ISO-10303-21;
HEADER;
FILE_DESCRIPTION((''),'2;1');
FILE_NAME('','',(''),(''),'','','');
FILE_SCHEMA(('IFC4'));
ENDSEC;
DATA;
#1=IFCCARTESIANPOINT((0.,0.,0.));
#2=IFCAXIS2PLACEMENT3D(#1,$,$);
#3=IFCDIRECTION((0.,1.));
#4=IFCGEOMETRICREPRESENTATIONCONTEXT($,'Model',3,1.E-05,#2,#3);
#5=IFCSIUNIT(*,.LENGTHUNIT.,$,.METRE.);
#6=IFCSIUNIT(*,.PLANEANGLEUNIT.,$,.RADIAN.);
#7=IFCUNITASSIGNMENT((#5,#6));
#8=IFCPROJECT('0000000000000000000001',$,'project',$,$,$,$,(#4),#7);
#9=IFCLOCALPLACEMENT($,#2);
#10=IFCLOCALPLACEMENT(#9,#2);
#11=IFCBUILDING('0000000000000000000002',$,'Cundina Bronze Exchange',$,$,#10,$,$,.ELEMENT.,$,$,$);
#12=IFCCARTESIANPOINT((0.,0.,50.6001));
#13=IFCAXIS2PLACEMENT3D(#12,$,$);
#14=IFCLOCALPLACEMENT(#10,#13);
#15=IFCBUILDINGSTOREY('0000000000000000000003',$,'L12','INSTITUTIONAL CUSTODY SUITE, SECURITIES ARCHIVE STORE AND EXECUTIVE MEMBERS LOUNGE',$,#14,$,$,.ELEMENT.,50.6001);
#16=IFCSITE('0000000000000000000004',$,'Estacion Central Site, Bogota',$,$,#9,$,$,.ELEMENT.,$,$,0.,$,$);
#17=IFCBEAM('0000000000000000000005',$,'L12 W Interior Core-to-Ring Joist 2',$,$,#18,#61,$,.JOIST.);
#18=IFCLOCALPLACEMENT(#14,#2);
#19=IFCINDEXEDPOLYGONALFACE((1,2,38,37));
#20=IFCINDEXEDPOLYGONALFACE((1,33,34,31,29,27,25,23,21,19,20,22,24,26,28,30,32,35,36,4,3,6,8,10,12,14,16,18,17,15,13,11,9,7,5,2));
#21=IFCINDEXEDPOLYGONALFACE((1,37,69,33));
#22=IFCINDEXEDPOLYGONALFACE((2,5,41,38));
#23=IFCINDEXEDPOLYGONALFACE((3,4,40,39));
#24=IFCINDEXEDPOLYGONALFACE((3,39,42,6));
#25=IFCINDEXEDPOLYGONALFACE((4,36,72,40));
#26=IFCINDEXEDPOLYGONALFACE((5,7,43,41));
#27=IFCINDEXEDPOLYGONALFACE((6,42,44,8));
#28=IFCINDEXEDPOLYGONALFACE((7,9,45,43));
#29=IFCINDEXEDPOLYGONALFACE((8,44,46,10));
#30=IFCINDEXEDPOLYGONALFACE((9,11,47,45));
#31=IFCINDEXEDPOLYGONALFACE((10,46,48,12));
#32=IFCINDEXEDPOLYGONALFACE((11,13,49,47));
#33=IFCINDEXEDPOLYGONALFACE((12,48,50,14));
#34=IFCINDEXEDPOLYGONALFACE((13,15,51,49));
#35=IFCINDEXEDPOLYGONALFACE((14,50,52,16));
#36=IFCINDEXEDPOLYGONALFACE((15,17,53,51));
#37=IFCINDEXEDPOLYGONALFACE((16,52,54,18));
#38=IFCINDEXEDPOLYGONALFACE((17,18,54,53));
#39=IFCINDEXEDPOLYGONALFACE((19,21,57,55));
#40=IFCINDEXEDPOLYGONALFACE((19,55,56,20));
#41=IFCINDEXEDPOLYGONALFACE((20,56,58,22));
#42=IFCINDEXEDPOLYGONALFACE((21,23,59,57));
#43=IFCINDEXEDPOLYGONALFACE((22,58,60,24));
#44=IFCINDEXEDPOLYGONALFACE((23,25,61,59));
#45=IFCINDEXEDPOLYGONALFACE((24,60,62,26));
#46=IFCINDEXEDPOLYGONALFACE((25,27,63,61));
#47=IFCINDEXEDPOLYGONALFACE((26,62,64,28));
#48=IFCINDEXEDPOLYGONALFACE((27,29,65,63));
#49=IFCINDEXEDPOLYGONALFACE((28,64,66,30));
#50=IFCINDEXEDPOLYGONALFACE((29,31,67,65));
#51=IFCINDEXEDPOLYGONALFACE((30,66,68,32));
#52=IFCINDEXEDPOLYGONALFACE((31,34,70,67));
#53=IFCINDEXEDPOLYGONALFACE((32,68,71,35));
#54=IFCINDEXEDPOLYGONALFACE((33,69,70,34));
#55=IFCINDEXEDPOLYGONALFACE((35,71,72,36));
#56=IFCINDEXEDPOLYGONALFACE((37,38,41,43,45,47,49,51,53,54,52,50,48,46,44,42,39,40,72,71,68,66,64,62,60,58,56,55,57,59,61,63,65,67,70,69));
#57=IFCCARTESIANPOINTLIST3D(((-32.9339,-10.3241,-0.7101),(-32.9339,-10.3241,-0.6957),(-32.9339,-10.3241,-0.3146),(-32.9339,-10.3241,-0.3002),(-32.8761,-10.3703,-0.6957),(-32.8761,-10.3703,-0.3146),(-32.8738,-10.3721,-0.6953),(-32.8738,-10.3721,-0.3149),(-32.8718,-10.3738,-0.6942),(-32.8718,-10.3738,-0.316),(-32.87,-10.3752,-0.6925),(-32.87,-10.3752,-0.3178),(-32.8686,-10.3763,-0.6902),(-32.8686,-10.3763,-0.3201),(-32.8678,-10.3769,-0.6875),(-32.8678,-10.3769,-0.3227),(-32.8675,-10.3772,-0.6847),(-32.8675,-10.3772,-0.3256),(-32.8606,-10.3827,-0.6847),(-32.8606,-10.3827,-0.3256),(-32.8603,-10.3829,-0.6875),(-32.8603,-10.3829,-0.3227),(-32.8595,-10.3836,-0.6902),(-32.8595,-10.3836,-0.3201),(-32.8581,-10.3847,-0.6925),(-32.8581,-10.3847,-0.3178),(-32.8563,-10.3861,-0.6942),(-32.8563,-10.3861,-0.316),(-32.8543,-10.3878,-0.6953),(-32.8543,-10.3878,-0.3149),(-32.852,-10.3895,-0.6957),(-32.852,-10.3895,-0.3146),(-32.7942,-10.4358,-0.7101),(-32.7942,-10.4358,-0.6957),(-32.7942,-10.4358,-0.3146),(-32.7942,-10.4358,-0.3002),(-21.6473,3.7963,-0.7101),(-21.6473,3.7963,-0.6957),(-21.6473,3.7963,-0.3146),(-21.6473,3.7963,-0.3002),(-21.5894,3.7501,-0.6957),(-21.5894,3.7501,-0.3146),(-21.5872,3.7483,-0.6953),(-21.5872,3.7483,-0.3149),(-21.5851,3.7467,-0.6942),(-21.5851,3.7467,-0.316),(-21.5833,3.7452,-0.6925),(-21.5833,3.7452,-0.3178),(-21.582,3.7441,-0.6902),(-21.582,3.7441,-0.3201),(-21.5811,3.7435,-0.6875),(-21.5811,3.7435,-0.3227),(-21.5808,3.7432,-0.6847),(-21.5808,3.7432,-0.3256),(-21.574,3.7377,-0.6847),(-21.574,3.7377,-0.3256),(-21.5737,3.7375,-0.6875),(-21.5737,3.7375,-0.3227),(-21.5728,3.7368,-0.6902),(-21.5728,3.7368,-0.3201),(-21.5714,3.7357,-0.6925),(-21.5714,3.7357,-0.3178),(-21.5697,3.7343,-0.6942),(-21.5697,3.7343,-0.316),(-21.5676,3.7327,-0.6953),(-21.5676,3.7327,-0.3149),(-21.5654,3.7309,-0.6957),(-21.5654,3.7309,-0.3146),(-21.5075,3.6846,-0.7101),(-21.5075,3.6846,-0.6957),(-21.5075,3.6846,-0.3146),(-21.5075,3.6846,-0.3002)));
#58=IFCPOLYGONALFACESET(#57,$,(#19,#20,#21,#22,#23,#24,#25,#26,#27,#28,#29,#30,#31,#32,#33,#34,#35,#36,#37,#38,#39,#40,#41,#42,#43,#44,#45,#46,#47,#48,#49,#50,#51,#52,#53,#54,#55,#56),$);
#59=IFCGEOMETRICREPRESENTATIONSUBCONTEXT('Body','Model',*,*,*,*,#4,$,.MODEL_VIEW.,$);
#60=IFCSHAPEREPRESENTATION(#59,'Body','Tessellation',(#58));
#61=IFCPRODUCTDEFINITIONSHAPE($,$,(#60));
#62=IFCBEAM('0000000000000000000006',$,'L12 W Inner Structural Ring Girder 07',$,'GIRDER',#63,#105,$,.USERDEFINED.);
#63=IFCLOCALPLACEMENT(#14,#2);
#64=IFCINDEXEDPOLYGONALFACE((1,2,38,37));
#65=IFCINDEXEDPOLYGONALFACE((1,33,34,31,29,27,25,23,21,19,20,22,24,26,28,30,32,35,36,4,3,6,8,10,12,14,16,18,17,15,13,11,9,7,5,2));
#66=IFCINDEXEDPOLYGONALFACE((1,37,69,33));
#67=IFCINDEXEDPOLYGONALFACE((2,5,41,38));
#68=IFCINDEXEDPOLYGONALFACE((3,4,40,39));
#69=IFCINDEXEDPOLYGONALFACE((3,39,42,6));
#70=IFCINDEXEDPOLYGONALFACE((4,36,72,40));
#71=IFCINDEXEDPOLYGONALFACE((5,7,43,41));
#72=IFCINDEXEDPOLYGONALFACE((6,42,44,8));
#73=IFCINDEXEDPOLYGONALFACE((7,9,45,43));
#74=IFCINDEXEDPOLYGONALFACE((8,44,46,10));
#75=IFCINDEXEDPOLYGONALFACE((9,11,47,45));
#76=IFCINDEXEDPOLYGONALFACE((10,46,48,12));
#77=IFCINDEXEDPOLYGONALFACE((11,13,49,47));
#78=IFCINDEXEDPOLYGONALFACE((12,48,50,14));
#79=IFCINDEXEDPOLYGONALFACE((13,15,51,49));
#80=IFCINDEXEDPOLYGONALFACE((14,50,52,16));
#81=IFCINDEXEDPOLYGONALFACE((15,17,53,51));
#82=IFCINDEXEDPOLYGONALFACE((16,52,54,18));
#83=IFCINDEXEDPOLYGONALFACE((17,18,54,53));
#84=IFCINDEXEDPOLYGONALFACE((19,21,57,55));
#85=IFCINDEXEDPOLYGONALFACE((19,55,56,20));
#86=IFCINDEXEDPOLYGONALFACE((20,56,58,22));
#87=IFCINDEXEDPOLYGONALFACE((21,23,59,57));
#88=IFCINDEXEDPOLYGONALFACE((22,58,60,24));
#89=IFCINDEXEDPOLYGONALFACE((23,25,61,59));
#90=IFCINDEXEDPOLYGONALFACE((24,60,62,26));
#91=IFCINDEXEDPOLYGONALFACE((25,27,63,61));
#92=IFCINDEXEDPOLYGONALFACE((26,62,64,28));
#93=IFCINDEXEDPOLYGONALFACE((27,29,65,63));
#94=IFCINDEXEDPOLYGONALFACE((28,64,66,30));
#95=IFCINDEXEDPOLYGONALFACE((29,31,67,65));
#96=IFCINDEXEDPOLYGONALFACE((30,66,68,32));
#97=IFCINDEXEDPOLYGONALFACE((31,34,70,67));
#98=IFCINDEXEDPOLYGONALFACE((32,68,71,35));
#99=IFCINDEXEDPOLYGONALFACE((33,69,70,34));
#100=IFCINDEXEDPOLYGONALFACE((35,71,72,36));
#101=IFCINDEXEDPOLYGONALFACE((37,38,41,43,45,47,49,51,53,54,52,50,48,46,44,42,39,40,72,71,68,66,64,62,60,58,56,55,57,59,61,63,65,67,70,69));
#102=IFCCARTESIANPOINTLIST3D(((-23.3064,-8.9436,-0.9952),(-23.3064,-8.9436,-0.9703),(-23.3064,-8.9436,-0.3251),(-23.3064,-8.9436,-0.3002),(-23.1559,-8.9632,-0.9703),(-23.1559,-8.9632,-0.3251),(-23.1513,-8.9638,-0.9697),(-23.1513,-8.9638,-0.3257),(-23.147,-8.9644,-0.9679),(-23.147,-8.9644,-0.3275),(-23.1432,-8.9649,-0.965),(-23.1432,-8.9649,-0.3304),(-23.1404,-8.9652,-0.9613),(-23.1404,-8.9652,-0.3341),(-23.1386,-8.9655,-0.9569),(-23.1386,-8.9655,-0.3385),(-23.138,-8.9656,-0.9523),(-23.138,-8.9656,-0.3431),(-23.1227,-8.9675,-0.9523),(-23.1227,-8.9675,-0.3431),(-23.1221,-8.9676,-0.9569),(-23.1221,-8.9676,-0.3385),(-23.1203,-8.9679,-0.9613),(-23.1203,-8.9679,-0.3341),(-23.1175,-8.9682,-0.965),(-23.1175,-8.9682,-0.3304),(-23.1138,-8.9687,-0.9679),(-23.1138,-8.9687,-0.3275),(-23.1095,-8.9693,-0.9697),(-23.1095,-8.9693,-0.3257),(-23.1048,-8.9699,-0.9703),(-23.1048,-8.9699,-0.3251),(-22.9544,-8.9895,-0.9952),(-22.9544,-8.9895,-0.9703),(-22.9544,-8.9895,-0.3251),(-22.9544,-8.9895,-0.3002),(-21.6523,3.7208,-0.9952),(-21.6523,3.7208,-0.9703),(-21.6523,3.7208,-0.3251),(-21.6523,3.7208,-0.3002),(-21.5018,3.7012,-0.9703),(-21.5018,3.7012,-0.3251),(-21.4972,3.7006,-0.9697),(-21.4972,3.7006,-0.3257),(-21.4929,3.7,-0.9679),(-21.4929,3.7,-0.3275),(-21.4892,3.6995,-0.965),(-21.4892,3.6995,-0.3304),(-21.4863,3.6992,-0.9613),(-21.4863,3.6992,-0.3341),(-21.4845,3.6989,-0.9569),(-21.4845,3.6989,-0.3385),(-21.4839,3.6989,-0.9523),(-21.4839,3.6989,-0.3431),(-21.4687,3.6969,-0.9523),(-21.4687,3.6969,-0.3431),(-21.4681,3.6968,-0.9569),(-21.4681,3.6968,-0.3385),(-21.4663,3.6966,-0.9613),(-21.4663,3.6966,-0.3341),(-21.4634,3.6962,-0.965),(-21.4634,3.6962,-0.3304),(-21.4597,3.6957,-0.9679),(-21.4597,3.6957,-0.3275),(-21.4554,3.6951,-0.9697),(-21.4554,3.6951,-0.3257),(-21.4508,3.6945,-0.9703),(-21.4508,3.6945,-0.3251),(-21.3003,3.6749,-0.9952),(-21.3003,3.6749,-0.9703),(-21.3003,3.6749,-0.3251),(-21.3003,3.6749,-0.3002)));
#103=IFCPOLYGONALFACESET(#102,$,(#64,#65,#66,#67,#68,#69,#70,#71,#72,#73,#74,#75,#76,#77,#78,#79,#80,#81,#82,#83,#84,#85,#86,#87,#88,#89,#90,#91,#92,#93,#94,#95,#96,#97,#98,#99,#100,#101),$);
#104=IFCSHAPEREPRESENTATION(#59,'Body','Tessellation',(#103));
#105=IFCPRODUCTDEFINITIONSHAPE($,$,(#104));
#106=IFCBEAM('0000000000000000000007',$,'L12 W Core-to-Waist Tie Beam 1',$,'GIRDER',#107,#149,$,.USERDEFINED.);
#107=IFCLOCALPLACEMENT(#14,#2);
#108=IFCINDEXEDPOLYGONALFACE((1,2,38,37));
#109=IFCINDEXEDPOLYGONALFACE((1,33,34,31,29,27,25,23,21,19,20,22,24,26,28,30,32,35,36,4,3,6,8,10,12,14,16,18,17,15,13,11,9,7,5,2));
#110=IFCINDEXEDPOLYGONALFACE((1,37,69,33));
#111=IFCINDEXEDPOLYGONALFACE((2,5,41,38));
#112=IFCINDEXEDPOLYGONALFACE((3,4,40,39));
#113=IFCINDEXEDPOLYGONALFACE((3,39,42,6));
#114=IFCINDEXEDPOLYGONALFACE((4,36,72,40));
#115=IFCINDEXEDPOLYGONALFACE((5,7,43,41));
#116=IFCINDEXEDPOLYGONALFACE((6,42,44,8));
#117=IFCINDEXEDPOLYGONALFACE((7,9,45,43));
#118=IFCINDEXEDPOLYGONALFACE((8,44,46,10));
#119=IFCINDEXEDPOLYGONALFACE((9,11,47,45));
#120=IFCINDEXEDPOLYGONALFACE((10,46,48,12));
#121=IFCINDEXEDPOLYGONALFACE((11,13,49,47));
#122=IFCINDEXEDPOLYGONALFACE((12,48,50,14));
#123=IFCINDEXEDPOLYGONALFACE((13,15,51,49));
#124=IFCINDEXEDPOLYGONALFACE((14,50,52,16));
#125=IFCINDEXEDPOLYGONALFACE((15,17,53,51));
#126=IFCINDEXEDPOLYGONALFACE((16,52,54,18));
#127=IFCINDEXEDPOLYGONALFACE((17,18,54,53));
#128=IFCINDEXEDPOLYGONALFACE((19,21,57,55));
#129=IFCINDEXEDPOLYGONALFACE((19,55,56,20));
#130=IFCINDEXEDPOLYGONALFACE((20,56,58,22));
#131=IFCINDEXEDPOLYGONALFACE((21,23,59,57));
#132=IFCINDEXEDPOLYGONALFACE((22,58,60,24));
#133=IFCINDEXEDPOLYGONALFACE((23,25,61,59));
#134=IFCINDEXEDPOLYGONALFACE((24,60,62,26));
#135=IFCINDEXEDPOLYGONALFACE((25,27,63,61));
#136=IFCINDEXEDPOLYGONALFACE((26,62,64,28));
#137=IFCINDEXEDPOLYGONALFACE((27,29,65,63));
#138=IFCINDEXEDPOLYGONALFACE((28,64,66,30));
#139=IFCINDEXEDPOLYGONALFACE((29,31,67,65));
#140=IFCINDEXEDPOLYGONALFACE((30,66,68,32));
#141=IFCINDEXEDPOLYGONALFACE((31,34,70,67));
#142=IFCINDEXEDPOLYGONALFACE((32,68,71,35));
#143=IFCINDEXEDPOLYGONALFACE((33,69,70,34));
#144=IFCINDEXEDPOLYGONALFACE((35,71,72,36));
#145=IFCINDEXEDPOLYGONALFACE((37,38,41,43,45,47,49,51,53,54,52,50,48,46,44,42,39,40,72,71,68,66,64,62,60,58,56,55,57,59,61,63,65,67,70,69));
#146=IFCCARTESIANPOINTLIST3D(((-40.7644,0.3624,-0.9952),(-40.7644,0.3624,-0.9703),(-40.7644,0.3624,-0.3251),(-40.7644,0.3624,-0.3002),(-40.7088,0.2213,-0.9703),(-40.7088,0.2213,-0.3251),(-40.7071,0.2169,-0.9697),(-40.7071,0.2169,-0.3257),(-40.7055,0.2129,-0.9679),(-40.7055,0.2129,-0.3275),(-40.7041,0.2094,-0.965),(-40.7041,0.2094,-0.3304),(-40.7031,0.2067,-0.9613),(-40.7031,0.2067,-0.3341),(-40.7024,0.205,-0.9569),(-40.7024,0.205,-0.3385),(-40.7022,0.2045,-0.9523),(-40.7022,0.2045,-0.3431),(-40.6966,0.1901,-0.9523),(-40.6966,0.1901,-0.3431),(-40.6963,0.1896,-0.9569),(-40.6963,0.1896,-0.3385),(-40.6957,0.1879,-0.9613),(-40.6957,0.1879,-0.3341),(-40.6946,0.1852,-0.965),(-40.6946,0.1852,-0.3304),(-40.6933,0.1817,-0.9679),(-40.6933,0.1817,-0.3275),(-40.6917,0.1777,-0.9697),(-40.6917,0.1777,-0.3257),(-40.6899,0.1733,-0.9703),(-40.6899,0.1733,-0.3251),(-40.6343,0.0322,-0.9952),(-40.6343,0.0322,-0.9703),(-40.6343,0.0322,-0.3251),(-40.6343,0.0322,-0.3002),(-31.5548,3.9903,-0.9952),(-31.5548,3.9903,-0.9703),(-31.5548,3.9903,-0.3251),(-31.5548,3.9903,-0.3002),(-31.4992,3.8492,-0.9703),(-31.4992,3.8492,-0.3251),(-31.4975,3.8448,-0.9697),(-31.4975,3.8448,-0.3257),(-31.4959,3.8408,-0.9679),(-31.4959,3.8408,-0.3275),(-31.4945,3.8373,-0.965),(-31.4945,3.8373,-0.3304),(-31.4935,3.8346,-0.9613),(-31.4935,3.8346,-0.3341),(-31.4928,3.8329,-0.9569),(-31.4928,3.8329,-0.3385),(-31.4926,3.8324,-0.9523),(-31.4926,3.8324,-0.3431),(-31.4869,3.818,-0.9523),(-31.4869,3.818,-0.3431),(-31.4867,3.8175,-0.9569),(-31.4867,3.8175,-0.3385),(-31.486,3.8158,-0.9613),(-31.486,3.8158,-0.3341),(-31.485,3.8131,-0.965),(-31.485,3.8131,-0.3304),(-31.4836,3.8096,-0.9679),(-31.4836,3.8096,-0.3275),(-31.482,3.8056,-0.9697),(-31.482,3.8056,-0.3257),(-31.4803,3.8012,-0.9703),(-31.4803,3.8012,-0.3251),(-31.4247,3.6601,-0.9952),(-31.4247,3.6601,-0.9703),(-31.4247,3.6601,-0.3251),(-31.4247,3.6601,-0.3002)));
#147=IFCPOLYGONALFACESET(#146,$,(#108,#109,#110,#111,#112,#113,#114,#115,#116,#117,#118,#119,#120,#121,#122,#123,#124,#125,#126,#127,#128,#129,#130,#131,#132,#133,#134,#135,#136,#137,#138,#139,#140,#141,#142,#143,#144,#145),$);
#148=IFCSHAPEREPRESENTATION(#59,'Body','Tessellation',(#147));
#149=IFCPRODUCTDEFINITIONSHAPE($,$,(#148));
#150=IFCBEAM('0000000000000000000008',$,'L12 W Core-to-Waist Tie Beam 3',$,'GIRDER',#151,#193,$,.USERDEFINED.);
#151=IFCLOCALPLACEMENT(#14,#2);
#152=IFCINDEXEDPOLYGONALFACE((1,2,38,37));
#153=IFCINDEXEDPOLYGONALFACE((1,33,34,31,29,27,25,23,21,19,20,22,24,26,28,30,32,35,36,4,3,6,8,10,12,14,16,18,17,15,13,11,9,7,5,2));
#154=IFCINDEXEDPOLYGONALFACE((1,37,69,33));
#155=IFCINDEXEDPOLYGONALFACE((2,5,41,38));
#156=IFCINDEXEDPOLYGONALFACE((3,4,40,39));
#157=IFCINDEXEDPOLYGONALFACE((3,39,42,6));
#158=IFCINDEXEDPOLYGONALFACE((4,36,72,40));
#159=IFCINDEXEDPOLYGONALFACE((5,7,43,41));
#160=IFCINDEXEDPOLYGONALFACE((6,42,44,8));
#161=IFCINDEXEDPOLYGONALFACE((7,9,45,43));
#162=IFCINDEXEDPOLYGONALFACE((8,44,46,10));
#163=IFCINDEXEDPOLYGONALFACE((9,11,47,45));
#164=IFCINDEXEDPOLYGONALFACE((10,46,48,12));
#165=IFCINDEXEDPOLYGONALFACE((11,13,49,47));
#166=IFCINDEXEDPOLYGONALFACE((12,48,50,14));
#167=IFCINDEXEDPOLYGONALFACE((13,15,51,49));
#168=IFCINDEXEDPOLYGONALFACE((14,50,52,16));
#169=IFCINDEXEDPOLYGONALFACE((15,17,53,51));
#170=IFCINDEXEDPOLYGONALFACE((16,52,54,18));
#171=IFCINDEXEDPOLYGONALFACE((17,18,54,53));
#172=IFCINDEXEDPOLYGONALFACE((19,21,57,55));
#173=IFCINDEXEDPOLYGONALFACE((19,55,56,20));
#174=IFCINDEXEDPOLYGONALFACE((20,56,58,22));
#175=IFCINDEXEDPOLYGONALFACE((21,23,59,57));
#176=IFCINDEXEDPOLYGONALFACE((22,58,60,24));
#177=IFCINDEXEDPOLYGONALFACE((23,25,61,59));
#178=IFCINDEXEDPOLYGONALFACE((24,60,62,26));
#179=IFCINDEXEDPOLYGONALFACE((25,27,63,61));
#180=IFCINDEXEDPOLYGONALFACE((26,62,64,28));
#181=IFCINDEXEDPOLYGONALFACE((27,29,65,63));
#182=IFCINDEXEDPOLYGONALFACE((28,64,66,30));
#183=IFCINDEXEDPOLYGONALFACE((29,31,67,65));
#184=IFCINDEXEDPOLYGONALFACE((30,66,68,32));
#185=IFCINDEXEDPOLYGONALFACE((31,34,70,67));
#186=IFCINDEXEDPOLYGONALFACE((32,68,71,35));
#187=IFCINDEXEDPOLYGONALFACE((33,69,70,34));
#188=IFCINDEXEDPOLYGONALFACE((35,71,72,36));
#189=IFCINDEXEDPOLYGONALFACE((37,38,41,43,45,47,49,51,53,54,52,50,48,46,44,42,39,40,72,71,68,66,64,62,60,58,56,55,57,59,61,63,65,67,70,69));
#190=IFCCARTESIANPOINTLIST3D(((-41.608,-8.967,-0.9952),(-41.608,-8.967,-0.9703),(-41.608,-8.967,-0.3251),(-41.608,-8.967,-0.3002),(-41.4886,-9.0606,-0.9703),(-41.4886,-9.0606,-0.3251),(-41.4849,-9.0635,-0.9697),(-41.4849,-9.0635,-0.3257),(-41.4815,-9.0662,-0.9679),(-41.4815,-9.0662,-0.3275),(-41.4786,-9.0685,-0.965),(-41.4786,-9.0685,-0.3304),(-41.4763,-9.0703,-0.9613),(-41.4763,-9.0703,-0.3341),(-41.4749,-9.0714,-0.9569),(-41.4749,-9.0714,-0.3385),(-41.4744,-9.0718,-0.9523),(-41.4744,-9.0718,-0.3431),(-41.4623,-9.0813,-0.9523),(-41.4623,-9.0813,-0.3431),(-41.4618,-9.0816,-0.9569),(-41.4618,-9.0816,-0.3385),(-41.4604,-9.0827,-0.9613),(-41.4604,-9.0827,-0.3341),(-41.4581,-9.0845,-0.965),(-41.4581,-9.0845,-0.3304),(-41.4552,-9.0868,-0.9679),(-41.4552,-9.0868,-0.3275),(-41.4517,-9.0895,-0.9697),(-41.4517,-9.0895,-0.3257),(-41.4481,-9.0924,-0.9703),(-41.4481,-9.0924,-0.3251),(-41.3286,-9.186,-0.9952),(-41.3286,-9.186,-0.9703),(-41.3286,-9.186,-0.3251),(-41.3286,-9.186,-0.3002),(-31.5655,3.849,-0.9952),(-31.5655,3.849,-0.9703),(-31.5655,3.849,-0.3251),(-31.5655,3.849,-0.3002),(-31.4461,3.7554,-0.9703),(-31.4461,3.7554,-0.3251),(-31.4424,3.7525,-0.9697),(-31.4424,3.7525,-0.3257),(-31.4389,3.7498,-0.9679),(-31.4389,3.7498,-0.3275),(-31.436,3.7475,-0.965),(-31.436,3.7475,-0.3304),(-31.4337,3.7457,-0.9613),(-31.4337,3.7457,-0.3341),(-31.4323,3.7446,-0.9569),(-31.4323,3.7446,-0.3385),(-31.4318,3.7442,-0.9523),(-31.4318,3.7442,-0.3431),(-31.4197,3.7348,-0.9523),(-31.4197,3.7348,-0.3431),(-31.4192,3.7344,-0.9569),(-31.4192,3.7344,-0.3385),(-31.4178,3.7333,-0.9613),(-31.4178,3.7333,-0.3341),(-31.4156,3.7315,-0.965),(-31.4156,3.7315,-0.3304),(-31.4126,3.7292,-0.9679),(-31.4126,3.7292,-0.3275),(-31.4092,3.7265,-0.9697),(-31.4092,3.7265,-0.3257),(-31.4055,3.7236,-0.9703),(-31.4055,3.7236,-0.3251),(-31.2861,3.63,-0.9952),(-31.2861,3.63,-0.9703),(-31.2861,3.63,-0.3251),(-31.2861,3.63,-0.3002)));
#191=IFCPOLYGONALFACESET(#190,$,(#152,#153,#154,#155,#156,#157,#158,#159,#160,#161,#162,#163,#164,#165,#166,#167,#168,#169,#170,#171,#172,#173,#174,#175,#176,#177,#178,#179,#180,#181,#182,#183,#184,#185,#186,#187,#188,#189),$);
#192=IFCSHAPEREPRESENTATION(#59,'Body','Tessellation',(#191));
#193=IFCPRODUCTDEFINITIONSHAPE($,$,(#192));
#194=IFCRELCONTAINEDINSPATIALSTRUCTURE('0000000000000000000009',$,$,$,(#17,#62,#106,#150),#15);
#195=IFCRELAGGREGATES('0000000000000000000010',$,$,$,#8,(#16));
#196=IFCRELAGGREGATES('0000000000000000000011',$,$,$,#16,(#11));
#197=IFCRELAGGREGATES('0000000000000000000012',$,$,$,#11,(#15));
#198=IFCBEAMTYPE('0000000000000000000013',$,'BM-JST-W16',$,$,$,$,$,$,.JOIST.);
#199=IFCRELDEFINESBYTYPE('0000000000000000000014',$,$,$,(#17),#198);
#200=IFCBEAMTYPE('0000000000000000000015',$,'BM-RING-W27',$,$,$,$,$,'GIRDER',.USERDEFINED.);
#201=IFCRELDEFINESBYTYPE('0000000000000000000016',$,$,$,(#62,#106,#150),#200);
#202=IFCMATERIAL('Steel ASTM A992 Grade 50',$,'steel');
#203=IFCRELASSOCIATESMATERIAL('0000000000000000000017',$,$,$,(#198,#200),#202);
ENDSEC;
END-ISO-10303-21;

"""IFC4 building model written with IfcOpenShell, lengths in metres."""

from ifc_helpers import new_model, si_unit, direction, frame, origin, origin_2d, place, context, subcontext, project, spatial, i_section, extrude, material, material_profile, profile_set, type_object, element, save


model = new_model("IFC4")

# Units and contexts
model_context = context("Model", 3, precision=1e-05, world=origin(), true_north=direction((0.0, 1.0)))
body_context = subcontext(model_context, "Body", "Model", "MODEL_VIEW")
ifc_project = project(units=[si_unit("LENGTHUNIT", "METRE"), si_unit("PLANEANGLEUNIT", "RADIAN")], contexts=[model_context])

# Site, building, storey
site_placement = place(None, origin())
site = spatial("IfcSite", under=ifc_project, at=site_placement, Name="Estacion Central Site, Bogota", CompositionType="ELEMENT", RefElevation=0.0)
building_placement = place(site_placement, origin())
building = spatial("IfcBuilding", under=site, at=building_placement, Name="Cundina Bronze Exchange", CompositionType="ELEMENT")
storey_placement = place(building_placement, frame((0.0, 0.0, 50.6001)))
storey = spatial("IfcBuildingStorey", under=building, at=storey_placement, Name="L12", Description="INSTITUTIONAL CUSTODY SUITE, SECURITIES ARCHIVE STORE AND EXECUTIVE MEMBERS LOUNGE", CompositionType="ELEMENT", Elevation=50.6001)

# Shared definitions
ifc_material_1 = material(Name="Steel ASTM A992 Grade 50", Category="steel")

# Beams
ifc_material_profile_1 = material_profile(ifc_material_1, i_section(OverallWidth=0.179, OverallDepth=0.4099, WebThickness=0.0088, FlangeThickness=0.0144, FilletRadius=0.011, at=origin_2d()), Name="W16X45", Category="steel")
ifc_profile_set_1 = profile_set([ifc_material_profile_1], Name="Steel ASTM A992 Grade 50")
beam_type_1 = type_object("IfcBeamType", Name="BM-JST-W16", PredefinedType="JOIST", material=ifc_profile_set_1)
beam_1_placement = place(storey_placement, frame((-21.5774, 3.7405, -0.5051), z_axis=(-0.624369, -0.78113, 0.0), x_axis=(0.78113, -0.624369, 0.0)))
element("IfcBeam", 1, at=beam_1_placement, inside=storey, type_object=beam_type_1, Name="L12 W Interior Core-to-Ring Joist 2", PredefinedType="JOIST", context=body_context, shape_type="SweptSolid", body=[
    extrude(i_section(OverallWidth=0.179, OverallDepth=0.4099, WebThickness=0.0088, FlangeThickness=0.0144, FilletRadius=0.011, at=origin_2d()), origin(), (0.0, 0.0, 1.0), 18.0769),
])
ifc_material_profile_2 = material_profile(ifc_material_1, i_section(OverallWidth=0.355, OverallDepth=0.6951, WebThickness=0.0154, FlangeThickness=0.0249, FilletRadius=0.0181, at=origin_2d()), Name="W27X146", Category="steel")
ifc_profile_set_2 = profile_set([ifc_material_profile_2], Name="Steel ASTM A992 Grade 50")
beam_type_2 = type_object("IfcBeamType", Name="BM-RING-W27", ElementType="GIRDER", PredefinedType="USERDEFINED", material=ifc_profile_set_2)
beam_2_placement = place(storey_placement, frame((-23.1304, -8.9666, -0.6477), z_axis=(0.129508, 0.991578, 0.0), x_axis=(-0.991578, 0.129508, 0.0)))
element("IfcBeam", 2, at=beam_2_placement, inside=storey, type_object=beam_type_2, Name="L12 W Inner Structural Ring Girder 07", ObjectType="GIRDER", PredefinedType="USERDEFINED", context=body_context, shape_type="SweptSolid", body=[
    extrude(i_section(OverallWidth=0.355, OverallDepth=0.6951, WebThickness=0.0154, FlangeThickness=0.0249, FilletRadius=0.0181, at=origin_2d()), origin(), (0.0, 0.0, 1.0), 12.772),
])
beam_3_placement = place(storey_placement, frame((-31.4897, 3.8252, -0.6477), z_axis=(-0.930413, -0.366512, 0.0), x_axis=(0.366512, -0.930413, 0.0)))
element("IfcBeam", 3, at=beam_3_placement, inside=storey, type_object=beam_type_2, Name="L12 W Core-to-Waist Tie Beam 1", ObjectType="GIRDER", PredefinedType="USERDEFINED", context=body_context, shape_type="SweptSolid", body=[
    extrude(i_section(OverallWidth=0.355, OverallDepth=0.6951, WebThickness=0.0154, FlangeThickness=0.0249, FilletRadius=0.0181, at=origin_2d()), origin(), (0.0, 0.0, 1.0), 9.8984),
])
beam_4_placement = place(storey_placement, frame((-31.4258, 3.7395, -0.6477), z_axis=(-0.616789, -0.787128, 0.0), x_axis=(0.787128, -0.616789, 0.0)))
element("IfcBeam", 4, at=beam_4_placement, inside=storey, type_object=beam_type_2, Name="L12 W Core-to-Waist Tie Beam 3", ObjectType="GIRDER", PredefinedType="USERDEFINED", context=body_context, shape_type="SweptSolid", body=[
    extrude(i_section(OverallWidth=0.355, OverallDepth=0.6951, WebThickness=0.0154, FlangeThickness=0.0249, FilletRadius=0.0181, at=origin_2d()), origin(), (0.0, 0.0, 1.0), 16.282),
])

save(model, "model.ifc")
